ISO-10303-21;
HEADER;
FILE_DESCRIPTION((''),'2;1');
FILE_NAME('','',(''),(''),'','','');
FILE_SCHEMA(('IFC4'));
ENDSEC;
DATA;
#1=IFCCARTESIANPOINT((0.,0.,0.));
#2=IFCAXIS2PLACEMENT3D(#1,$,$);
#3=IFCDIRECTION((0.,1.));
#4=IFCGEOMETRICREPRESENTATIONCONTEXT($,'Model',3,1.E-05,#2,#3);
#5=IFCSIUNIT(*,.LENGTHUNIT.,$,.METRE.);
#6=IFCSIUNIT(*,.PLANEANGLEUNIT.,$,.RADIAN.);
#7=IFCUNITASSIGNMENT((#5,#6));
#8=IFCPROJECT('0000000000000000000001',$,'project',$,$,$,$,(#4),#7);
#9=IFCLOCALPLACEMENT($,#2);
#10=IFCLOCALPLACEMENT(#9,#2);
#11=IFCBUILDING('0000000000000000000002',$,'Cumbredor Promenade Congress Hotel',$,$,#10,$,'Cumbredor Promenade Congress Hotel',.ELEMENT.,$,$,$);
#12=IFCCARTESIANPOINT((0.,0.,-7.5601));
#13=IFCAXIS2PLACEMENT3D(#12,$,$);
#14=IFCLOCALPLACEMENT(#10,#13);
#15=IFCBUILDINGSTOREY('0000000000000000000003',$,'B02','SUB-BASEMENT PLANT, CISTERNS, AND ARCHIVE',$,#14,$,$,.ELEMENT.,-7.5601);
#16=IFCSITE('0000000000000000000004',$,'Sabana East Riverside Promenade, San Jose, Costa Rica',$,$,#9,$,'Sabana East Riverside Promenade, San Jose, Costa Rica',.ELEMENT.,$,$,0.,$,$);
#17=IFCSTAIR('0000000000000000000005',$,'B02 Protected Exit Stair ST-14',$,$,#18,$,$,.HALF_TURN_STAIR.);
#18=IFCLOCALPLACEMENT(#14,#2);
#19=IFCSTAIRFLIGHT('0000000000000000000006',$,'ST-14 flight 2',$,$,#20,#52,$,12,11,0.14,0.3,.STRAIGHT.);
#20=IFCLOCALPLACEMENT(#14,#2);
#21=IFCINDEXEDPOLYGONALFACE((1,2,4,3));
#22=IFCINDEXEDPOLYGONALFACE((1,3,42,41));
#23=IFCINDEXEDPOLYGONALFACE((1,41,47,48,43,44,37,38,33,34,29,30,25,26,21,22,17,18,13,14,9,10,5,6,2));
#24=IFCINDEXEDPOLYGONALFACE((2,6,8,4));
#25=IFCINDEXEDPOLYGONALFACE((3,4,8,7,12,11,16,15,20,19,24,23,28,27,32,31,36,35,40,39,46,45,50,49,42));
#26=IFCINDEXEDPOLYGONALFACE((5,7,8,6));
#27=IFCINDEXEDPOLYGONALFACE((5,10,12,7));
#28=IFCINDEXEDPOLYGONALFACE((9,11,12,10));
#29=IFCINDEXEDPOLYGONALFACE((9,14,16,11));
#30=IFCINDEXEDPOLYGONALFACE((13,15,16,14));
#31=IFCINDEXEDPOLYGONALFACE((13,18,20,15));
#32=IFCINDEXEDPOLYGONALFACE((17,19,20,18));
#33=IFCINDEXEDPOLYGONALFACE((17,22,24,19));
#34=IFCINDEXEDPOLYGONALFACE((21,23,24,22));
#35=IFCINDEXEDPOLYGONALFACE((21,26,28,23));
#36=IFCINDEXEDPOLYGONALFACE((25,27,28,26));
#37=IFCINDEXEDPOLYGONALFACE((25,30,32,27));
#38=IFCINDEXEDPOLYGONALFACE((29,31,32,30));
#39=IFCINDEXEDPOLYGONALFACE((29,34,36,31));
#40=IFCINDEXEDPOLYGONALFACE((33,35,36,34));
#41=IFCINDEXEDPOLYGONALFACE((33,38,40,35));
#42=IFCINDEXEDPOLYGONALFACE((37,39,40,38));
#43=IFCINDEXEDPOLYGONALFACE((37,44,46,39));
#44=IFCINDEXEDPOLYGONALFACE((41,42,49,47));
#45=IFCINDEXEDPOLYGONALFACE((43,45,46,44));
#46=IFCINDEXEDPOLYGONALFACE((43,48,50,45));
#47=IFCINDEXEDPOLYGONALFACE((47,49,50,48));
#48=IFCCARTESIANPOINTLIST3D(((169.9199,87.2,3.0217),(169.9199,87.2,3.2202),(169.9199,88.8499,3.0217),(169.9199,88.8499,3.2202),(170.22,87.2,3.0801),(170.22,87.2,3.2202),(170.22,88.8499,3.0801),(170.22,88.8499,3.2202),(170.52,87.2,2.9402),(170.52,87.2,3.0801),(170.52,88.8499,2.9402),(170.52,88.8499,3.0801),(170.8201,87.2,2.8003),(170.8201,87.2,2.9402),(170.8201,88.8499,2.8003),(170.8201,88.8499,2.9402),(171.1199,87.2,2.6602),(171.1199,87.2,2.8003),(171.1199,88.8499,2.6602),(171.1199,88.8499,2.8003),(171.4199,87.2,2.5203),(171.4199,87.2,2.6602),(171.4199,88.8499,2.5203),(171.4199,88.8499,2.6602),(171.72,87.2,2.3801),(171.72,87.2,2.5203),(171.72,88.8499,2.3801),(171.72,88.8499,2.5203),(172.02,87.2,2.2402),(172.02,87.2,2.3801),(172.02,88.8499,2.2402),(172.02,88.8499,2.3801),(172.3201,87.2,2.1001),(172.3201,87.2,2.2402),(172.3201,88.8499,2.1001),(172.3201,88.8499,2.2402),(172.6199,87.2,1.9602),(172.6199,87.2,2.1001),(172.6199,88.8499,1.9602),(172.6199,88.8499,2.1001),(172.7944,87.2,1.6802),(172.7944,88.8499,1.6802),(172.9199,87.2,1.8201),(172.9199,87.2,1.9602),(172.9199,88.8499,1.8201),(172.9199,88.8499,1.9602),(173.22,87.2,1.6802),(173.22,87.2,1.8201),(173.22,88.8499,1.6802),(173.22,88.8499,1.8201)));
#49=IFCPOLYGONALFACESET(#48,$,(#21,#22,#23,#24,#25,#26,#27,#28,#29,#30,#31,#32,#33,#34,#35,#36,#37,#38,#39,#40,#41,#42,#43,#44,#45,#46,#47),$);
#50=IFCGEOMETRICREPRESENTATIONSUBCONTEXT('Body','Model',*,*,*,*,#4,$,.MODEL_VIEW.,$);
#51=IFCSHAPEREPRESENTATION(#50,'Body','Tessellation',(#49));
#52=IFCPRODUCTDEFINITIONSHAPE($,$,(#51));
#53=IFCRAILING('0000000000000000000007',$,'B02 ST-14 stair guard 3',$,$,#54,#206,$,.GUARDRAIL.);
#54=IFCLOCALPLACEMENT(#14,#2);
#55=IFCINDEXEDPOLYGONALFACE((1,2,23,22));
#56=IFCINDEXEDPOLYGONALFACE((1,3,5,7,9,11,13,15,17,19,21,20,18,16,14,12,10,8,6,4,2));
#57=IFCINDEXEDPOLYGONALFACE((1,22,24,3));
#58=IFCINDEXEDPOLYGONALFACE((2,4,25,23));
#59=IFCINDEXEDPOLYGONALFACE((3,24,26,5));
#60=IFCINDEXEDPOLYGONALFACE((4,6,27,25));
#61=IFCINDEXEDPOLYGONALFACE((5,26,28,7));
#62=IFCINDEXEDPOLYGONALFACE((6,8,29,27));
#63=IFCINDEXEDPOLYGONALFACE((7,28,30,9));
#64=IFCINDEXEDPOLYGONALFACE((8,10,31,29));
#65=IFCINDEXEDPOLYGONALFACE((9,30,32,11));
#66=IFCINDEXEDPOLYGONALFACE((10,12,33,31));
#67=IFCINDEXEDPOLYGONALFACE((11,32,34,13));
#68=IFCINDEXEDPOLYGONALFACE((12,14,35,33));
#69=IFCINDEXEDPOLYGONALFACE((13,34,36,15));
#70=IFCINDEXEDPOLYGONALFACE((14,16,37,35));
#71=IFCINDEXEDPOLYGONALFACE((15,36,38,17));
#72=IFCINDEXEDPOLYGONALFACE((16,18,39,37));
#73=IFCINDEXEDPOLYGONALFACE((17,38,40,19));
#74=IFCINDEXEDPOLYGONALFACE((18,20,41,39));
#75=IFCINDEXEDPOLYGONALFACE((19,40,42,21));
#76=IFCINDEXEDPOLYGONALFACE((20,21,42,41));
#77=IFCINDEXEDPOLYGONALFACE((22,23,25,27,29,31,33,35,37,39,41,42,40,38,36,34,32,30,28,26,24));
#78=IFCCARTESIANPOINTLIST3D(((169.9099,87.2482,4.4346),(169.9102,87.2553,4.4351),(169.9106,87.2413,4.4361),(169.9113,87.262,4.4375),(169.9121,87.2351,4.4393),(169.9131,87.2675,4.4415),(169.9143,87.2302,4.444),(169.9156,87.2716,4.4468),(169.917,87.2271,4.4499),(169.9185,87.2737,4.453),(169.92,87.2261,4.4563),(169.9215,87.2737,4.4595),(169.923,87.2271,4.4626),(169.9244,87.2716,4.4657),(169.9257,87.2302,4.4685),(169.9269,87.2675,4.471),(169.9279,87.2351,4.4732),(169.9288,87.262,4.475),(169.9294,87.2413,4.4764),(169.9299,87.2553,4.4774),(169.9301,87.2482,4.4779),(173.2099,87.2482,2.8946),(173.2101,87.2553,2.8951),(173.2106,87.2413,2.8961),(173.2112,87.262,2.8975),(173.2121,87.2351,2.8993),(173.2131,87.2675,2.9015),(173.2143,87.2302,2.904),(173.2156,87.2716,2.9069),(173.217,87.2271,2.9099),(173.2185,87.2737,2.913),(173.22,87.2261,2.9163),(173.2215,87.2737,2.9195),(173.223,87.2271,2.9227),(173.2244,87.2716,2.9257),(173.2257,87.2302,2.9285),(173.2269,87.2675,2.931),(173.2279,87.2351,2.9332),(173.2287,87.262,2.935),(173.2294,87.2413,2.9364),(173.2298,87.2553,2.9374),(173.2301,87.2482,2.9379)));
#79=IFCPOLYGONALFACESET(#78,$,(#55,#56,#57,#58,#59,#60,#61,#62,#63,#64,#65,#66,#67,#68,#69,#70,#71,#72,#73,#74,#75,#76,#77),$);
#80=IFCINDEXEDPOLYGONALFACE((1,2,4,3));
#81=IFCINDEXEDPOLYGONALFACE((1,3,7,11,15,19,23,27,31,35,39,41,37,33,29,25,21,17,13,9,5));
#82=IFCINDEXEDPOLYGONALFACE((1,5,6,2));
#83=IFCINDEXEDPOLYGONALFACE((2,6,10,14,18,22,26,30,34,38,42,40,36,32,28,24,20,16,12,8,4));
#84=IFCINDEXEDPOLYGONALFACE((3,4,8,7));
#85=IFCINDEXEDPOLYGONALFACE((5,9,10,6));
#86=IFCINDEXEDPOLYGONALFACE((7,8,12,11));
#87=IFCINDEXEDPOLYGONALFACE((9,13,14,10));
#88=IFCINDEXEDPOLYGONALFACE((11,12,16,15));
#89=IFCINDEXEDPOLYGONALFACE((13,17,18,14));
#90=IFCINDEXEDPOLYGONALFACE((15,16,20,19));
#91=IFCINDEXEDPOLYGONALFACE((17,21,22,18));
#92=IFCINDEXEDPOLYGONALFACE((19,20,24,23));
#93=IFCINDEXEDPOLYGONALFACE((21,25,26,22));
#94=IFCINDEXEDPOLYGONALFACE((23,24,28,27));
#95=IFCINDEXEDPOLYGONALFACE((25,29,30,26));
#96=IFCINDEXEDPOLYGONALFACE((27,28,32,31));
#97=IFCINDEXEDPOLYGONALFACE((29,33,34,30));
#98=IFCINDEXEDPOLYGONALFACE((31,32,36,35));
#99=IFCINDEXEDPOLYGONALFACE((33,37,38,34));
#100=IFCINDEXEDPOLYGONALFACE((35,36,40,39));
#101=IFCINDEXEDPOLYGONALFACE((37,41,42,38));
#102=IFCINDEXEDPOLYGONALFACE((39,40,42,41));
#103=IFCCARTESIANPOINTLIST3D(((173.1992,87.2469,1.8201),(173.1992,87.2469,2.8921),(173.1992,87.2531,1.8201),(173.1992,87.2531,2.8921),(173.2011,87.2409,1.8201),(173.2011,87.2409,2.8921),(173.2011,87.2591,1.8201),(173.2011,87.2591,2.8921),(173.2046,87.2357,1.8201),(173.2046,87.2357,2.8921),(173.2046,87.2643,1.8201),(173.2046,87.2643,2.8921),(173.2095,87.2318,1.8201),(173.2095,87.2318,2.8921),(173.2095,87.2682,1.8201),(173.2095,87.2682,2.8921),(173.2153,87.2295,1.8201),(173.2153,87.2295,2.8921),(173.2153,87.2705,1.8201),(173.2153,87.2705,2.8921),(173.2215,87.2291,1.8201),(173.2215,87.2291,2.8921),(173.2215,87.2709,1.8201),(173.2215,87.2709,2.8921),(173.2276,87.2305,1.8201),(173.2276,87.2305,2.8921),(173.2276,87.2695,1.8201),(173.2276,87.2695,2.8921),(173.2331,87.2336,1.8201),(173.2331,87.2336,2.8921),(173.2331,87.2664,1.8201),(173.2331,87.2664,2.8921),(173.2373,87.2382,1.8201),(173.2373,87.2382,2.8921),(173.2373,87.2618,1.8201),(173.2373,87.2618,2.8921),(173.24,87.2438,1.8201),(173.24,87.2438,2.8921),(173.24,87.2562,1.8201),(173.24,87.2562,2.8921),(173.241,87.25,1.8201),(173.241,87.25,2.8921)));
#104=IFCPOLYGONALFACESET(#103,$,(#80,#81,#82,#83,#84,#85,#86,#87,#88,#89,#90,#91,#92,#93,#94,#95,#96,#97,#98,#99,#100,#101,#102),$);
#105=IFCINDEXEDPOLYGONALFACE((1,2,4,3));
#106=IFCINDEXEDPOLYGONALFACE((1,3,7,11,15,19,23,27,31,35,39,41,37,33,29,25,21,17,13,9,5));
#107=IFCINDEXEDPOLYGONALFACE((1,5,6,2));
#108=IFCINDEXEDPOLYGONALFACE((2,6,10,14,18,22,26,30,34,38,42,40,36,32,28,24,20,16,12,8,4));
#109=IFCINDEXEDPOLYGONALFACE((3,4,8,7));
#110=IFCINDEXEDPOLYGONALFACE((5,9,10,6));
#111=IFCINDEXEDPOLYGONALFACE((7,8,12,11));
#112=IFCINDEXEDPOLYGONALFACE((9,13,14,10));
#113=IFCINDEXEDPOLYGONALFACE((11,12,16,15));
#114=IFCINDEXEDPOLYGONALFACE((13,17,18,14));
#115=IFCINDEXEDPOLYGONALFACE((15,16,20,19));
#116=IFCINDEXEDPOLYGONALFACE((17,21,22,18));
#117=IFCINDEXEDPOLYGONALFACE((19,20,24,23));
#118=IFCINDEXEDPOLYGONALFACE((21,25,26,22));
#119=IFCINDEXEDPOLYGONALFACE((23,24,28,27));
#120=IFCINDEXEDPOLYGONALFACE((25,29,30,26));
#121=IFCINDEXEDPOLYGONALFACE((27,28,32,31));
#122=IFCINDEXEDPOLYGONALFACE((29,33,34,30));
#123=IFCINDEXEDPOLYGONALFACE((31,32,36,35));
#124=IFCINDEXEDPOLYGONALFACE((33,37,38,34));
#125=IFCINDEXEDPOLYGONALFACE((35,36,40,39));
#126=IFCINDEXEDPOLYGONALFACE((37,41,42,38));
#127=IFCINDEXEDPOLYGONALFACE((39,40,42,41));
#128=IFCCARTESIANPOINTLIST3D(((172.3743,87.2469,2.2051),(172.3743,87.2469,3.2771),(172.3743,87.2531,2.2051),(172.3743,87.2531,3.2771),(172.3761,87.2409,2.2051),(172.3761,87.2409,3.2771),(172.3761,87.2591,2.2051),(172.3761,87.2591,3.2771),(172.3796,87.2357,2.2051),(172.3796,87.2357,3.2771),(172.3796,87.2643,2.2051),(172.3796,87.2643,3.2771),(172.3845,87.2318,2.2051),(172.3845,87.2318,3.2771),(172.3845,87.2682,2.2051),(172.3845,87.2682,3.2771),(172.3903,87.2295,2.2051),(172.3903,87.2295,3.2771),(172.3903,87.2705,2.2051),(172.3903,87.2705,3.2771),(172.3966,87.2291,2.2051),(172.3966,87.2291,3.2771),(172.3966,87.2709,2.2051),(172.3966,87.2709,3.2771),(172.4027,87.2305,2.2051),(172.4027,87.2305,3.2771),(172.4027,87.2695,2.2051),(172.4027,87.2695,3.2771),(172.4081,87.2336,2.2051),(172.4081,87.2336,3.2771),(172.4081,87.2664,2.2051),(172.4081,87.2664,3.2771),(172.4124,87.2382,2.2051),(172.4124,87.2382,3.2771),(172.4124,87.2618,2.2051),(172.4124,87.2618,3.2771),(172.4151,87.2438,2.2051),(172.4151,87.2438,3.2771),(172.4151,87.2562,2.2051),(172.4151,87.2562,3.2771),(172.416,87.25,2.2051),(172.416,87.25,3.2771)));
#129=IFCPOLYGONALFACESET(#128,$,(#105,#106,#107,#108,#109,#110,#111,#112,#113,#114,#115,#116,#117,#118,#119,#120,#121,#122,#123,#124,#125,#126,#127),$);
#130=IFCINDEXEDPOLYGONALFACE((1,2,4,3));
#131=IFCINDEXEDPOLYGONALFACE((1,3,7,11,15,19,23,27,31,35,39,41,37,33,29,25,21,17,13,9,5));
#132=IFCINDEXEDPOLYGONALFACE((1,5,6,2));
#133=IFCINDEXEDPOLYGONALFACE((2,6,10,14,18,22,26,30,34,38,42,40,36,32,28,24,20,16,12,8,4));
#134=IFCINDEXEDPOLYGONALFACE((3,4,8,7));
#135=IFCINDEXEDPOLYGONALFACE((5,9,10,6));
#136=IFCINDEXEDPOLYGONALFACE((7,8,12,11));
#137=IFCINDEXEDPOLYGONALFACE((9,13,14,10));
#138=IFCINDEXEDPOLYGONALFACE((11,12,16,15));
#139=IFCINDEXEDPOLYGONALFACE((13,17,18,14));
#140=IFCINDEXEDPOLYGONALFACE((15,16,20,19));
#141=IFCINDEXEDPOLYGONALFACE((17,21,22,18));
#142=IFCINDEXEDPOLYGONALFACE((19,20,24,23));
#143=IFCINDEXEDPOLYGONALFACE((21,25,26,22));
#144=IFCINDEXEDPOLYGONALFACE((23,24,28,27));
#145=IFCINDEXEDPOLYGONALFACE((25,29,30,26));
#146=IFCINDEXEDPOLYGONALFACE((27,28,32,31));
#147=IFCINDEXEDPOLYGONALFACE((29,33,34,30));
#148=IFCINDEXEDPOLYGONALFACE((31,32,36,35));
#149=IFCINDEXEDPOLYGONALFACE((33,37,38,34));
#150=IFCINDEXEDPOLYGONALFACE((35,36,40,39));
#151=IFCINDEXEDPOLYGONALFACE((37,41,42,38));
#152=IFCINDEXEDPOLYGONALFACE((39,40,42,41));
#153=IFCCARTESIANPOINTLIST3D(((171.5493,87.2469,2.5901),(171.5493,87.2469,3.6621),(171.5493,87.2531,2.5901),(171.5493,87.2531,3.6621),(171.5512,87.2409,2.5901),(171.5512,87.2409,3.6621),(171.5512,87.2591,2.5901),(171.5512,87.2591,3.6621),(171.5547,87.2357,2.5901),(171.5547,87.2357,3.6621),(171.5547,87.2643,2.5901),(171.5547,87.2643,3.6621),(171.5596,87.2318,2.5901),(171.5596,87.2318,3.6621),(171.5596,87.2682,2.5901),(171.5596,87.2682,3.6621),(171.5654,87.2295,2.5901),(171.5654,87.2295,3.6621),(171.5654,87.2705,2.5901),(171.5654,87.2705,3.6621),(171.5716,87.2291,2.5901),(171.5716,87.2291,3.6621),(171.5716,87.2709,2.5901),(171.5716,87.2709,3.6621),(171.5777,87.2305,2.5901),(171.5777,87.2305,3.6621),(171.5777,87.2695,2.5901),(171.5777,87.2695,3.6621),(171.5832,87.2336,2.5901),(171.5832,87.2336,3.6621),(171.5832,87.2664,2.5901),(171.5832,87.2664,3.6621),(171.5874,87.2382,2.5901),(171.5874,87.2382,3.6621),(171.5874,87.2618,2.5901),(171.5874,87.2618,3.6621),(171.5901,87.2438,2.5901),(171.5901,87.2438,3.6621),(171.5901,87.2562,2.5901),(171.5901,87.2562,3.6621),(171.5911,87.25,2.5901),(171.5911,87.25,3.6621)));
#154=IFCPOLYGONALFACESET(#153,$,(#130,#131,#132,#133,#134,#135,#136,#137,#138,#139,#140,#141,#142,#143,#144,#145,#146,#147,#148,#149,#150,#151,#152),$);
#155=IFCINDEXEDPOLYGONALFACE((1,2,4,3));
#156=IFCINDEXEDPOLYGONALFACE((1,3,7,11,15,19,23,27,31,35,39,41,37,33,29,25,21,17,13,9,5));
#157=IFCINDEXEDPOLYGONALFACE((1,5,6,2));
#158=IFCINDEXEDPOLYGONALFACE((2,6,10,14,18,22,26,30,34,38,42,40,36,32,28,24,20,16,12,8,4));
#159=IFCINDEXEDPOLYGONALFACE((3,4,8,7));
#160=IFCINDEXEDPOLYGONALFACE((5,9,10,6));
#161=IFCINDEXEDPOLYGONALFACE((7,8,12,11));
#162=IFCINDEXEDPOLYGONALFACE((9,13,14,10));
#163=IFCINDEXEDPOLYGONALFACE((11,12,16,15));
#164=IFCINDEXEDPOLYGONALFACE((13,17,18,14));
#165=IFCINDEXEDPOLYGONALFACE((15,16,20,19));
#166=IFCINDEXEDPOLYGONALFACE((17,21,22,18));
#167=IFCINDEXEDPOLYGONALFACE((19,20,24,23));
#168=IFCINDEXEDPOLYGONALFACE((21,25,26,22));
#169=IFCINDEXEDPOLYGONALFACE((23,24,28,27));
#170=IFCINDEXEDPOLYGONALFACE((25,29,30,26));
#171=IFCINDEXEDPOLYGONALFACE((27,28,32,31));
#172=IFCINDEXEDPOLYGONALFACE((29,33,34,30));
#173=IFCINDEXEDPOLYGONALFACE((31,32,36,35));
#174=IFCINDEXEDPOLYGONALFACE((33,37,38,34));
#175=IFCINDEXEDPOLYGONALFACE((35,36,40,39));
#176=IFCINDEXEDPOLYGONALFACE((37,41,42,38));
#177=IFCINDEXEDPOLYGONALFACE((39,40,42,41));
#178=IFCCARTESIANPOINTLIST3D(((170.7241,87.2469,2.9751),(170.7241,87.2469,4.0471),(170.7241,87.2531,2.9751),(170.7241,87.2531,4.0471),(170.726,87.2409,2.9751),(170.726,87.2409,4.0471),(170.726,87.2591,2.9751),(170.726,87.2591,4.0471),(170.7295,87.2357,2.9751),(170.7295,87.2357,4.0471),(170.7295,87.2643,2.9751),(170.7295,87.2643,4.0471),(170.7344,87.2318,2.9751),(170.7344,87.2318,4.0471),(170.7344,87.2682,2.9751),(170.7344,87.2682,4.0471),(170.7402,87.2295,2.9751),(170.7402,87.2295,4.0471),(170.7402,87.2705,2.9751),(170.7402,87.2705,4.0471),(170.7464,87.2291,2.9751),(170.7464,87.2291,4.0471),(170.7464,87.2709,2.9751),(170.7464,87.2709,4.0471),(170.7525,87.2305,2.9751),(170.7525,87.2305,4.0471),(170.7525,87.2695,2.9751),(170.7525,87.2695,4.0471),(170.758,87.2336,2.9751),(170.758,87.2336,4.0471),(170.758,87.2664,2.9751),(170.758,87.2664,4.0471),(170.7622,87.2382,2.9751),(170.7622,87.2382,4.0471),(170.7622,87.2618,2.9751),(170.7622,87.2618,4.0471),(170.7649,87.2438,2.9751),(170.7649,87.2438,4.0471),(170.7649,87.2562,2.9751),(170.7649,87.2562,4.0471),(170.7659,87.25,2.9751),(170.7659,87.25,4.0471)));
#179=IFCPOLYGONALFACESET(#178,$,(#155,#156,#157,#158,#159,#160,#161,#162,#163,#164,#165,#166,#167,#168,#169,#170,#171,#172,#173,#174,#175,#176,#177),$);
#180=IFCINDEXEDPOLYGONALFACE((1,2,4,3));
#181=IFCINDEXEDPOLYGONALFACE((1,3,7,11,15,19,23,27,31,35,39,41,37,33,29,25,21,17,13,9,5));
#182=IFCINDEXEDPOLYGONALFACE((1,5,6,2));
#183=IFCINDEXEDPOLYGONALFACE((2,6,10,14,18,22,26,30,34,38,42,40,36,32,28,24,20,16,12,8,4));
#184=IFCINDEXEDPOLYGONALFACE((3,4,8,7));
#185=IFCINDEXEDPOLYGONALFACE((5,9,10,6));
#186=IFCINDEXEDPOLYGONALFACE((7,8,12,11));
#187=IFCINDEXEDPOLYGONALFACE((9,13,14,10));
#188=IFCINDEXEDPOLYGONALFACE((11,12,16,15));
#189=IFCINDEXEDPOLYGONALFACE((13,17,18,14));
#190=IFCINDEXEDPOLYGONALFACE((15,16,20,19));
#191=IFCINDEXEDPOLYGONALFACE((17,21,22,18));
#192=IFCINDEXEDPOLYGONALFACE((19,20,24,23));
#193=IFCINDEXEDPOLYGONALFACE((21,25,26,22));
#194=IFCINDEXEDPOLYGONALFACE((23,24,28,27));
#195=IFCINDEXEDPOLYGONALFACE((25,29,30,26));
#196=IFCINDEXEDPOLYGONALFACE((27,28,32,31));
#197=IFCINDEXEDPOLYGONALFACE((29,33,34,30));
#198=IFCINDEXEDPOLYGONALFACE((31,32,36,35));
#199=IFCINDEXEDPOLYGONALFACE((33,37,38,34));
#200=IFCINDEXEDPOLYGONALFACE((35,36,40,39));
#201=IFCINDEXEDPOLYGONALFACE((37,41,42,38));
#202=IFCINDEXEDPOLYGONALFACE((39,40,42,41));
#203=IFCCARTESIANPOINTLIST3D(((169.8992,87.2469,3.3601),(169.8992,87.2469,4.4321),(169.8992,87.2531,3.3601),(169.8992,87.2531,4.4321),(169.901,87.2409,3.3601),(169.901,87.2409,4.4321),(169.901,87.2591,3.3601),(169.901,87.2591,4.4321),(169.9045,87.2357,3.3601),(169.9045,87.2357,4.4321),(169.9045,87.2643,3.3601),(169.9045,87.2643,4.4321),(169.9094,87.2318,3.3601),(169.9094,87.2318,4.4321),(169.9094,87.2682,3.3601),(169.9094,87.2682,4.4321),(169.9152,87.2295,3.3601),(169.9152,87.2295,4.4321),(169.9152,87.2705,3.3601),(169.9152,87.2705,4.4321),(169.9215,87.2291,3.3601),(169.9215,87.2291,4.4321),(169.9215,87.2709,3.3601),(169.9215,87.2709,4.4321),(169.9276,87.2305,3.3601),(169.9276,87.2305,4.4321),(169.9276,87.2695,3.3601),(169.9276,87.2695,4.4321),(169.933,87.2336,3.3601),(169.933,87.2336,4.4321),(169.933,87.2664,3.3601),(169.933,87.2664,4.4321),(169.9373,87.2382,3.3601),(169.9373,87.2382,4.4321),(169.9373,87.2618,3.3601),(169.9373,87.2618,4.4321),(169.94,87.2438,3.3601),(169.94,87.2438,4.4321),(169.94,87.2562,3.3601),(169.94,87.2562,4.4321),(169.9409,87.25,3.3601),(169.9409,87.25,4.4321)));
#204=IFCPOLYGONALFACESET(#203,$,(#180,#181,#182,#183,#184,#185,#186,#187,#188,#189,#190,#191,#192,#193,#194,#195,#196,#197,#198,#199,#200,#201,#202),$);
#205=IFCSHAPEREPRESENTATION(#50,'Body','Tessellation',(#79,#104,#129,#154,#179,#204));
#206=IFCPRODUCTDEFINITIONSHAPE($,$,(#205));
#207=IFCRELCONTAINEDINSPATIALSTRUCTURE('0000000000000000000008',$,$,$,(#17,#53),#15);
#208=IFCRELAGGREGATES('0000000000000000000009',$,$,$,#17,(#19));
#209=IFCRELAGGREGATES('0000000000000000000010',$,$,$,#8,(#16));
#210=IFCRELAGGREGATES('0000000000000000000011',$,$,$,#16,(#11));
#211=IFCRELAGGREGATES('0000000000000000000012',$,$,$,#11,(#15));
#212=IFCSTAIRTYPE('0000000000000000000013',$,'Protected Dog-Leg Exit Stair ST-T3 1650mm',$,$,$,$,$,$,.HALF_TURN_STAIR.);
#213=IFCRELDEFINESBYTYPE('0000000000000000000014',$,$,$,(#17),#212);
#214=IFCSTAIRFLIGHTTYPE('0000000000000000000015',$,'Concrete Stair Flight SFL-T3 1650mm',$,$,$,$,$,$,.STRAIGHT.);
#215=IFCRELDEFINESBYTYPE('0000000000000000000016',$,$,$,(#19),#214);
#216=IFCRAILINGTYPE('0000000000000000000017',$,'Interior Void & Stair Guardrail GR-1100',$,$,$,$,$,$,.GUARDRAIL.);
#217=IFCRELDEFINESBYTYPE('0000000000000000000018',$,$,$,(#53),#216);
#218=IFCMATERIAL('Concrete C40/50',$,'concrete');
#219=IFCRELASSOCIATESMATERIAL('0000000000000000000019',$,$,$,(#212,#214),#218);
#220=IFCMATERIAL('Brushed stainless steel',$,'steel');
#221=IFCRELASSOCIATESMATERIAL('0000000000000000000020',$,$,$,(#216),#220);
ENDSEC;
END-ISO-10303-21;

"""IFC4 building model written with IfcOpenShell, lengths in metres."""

from ifc_helpers import new_model, si_unit, direction, frame, origin, origin_2d, place, context, subcontext, project, spatial, polyline, circle, outline, extrude, material, type_object, element, aggregate, save


model = new_model("IFC4")

# Units and contexts
model_context = context("Model", 3, precision=1e-05, world=origin(), true_north=direction((0.0, 1.0)))
body_context = subcontext(model_context, "Body", "Model", "MODEL_VIEW")
ifc_project = project(units=[si_unit("LENGTHUNIT", "METRE"), si_unit("PLANEANGLEUNIT", "RADIAN")], contexts=[model_context])

# Site, building, storey
site_placement = place(None, origin())
site = spatial("IfcSite", under=ifc_project, at=site_placement, Name="Sabana East Riverside Promenade, San Jose, Costa Rica", LongName="Sabana East Riverside Promenade, San Jose, Costa Rica", CompositionType="ELEMENT", RefElevation=0.0)
building_placement = place(site_placement, origin())
building = spatial("IfcBuilding", under=site, at=building_placement, Name="Cumbredor Promenade Congress Hotel", LongName="Cumbredor Promenade Congress Hotel", CompositionType="ELEMENT")
storey_placement = place(building_placement, frame((0.0, 0.0, -7.5601)))
storey = spatial("IfcBuildingStorey", under=building, at=storey_placement, Name="B02", Description="SUB-BASEMENT PLANT, CISTERNS, AND ARCHIVE", CompositionType="ELEMENT", Elevation=-7.5601)

# Shared definitions
ifc_material_1 = material(Name="Concrete C40/50", Category="concrete")

# Stair, stair flight
stair_type = type_object("IfcStairType", Name="Protected Dog-Leg Exit Stair ST-T3 1650mm", PredefinedType="HALF_TURN_STAIR", material=ifc_material_1)
stair_placement = place(storey_placement, origin())
stair = element("IfcStair", 1, at=stair_placement, inside=storey, type_object=stair_type, Name="B02 Protected Exit Stair ST-14", PredefinedType="HALF_TURN_STAIR")
stair_flight_type = type_object("IfcStairFlightType", Name="Concrete Stair Flight SFL-T3 1650mm", PredefinedType="STRAIGHT", material=ifc_material_1)
stair_flight_placement = place(storey_placement, frame((173.22, 88.0249, 1.6802), z_axis=(0.0, 0.0, 1.0), x_axis=(-1.0, 0.0, 0.0)))
stair_flight = element("IfcStairFlight", 2, at=stair_flight_placement, type_object=stair_flight_type, Name="ST-14 flight 2", NumberOfRisers=12, NumberOfTreads=11, PredefinedType="STRAIGHT", RiserHeight=0.14, TreadLength=0.3, context=body_context, shape_type="SweptSolid", body=[
    extrude(outline(polyline([(0.0, 0.0), (0.0, 0.1399), (0.3, 0.1399), (0.3, 0.28), (0.6001, 0.28), (0.6001, 0.4199), (0.8999, 0.4199), (0.8999, 0.5601), (1.2, 0.5601), (1.2, 0.7), (1.5, 0.7), (1.5, 0.8401), (1.8, 0.8401), (1.8, 0.98), (2.1001, 0.98), (2.1001, 1.1201), (2.3999, 1.1201), (2.3999, 1.26), (2.7, 1.26), (2.7, 1.3999), (3.0, 1.3999), (3.0, 1.54), (3.3, 1.54), (3.3, 1.6799), (3.3, 1.3416), (0.4255, 0.0), (0.0, 0.0)])), frame((0.0, 0.825, 0.0), z_axis=(0.0, -1.0, 0.0), x_axis=(1.0, 0.0, 0.0)), (0.0, 0.0, 1.0), 1.6499),
])
aggregate(stair, [stair_flight])

# Railing
ifc_material_2 = material(Name="Brushed stainless steel", Category="steel")
railing_type_1 = type_object("IfcRailingType", Name="Interior Void & Stair Guardrail GR-1100", PredefinedType="GUARDRAIL", material=ifc_material_2)
railing_1_placement = place(storey_placement, frame((173.22, 87.25, 1.8201)))
element("IfcRailing", 3, at=railing_1_placement, inside=storey, type_object=railing_type_1, Name="B02 ST-14 stair guard 3", PredefinedType="GUARDRAIL", context=body_context, shape_type="SweptSolid", body=[
    extrude(circle(Radius=0.0239, at=origin_2d()), frame((0.0, 0.0, 1.0962), z_axis=(-0.906181, 0.0, 0.422889), x_axis=(0.0, -1.0, 0.0)), (0.0, 0.0, 1.0), 3.6416),
    extrude(circle(Radius=0.021, at=origin_2d()), origin(), (0.0, 0.0, 1.0), 1.072),
    extrude(circle(Radius=0.021, at=origin_2d()), frame((-0.825, 0.0, 0.385)), (0.0, 0.0, 1.0), 1.072),
    extrude(circle(Radius=0.021, at=origin_2d()), frame((-1.6499, 0.0, 0.77)), (0.0, 0.0, 1.0), 1.072),
    extrude(circle(Radius=0.021, at=origin_2d()), frame((-2.4751, 0.0, 1.155)), (0.0, 0.0, 1.0), 1.072),
    extrude(circle(Radius=0.021, at=origin_2d()), frame((-3.3, 0.0, 1.54)), (0.0, 0.0, 1.0), 1.072),
])

save(model, "model.ifc")
